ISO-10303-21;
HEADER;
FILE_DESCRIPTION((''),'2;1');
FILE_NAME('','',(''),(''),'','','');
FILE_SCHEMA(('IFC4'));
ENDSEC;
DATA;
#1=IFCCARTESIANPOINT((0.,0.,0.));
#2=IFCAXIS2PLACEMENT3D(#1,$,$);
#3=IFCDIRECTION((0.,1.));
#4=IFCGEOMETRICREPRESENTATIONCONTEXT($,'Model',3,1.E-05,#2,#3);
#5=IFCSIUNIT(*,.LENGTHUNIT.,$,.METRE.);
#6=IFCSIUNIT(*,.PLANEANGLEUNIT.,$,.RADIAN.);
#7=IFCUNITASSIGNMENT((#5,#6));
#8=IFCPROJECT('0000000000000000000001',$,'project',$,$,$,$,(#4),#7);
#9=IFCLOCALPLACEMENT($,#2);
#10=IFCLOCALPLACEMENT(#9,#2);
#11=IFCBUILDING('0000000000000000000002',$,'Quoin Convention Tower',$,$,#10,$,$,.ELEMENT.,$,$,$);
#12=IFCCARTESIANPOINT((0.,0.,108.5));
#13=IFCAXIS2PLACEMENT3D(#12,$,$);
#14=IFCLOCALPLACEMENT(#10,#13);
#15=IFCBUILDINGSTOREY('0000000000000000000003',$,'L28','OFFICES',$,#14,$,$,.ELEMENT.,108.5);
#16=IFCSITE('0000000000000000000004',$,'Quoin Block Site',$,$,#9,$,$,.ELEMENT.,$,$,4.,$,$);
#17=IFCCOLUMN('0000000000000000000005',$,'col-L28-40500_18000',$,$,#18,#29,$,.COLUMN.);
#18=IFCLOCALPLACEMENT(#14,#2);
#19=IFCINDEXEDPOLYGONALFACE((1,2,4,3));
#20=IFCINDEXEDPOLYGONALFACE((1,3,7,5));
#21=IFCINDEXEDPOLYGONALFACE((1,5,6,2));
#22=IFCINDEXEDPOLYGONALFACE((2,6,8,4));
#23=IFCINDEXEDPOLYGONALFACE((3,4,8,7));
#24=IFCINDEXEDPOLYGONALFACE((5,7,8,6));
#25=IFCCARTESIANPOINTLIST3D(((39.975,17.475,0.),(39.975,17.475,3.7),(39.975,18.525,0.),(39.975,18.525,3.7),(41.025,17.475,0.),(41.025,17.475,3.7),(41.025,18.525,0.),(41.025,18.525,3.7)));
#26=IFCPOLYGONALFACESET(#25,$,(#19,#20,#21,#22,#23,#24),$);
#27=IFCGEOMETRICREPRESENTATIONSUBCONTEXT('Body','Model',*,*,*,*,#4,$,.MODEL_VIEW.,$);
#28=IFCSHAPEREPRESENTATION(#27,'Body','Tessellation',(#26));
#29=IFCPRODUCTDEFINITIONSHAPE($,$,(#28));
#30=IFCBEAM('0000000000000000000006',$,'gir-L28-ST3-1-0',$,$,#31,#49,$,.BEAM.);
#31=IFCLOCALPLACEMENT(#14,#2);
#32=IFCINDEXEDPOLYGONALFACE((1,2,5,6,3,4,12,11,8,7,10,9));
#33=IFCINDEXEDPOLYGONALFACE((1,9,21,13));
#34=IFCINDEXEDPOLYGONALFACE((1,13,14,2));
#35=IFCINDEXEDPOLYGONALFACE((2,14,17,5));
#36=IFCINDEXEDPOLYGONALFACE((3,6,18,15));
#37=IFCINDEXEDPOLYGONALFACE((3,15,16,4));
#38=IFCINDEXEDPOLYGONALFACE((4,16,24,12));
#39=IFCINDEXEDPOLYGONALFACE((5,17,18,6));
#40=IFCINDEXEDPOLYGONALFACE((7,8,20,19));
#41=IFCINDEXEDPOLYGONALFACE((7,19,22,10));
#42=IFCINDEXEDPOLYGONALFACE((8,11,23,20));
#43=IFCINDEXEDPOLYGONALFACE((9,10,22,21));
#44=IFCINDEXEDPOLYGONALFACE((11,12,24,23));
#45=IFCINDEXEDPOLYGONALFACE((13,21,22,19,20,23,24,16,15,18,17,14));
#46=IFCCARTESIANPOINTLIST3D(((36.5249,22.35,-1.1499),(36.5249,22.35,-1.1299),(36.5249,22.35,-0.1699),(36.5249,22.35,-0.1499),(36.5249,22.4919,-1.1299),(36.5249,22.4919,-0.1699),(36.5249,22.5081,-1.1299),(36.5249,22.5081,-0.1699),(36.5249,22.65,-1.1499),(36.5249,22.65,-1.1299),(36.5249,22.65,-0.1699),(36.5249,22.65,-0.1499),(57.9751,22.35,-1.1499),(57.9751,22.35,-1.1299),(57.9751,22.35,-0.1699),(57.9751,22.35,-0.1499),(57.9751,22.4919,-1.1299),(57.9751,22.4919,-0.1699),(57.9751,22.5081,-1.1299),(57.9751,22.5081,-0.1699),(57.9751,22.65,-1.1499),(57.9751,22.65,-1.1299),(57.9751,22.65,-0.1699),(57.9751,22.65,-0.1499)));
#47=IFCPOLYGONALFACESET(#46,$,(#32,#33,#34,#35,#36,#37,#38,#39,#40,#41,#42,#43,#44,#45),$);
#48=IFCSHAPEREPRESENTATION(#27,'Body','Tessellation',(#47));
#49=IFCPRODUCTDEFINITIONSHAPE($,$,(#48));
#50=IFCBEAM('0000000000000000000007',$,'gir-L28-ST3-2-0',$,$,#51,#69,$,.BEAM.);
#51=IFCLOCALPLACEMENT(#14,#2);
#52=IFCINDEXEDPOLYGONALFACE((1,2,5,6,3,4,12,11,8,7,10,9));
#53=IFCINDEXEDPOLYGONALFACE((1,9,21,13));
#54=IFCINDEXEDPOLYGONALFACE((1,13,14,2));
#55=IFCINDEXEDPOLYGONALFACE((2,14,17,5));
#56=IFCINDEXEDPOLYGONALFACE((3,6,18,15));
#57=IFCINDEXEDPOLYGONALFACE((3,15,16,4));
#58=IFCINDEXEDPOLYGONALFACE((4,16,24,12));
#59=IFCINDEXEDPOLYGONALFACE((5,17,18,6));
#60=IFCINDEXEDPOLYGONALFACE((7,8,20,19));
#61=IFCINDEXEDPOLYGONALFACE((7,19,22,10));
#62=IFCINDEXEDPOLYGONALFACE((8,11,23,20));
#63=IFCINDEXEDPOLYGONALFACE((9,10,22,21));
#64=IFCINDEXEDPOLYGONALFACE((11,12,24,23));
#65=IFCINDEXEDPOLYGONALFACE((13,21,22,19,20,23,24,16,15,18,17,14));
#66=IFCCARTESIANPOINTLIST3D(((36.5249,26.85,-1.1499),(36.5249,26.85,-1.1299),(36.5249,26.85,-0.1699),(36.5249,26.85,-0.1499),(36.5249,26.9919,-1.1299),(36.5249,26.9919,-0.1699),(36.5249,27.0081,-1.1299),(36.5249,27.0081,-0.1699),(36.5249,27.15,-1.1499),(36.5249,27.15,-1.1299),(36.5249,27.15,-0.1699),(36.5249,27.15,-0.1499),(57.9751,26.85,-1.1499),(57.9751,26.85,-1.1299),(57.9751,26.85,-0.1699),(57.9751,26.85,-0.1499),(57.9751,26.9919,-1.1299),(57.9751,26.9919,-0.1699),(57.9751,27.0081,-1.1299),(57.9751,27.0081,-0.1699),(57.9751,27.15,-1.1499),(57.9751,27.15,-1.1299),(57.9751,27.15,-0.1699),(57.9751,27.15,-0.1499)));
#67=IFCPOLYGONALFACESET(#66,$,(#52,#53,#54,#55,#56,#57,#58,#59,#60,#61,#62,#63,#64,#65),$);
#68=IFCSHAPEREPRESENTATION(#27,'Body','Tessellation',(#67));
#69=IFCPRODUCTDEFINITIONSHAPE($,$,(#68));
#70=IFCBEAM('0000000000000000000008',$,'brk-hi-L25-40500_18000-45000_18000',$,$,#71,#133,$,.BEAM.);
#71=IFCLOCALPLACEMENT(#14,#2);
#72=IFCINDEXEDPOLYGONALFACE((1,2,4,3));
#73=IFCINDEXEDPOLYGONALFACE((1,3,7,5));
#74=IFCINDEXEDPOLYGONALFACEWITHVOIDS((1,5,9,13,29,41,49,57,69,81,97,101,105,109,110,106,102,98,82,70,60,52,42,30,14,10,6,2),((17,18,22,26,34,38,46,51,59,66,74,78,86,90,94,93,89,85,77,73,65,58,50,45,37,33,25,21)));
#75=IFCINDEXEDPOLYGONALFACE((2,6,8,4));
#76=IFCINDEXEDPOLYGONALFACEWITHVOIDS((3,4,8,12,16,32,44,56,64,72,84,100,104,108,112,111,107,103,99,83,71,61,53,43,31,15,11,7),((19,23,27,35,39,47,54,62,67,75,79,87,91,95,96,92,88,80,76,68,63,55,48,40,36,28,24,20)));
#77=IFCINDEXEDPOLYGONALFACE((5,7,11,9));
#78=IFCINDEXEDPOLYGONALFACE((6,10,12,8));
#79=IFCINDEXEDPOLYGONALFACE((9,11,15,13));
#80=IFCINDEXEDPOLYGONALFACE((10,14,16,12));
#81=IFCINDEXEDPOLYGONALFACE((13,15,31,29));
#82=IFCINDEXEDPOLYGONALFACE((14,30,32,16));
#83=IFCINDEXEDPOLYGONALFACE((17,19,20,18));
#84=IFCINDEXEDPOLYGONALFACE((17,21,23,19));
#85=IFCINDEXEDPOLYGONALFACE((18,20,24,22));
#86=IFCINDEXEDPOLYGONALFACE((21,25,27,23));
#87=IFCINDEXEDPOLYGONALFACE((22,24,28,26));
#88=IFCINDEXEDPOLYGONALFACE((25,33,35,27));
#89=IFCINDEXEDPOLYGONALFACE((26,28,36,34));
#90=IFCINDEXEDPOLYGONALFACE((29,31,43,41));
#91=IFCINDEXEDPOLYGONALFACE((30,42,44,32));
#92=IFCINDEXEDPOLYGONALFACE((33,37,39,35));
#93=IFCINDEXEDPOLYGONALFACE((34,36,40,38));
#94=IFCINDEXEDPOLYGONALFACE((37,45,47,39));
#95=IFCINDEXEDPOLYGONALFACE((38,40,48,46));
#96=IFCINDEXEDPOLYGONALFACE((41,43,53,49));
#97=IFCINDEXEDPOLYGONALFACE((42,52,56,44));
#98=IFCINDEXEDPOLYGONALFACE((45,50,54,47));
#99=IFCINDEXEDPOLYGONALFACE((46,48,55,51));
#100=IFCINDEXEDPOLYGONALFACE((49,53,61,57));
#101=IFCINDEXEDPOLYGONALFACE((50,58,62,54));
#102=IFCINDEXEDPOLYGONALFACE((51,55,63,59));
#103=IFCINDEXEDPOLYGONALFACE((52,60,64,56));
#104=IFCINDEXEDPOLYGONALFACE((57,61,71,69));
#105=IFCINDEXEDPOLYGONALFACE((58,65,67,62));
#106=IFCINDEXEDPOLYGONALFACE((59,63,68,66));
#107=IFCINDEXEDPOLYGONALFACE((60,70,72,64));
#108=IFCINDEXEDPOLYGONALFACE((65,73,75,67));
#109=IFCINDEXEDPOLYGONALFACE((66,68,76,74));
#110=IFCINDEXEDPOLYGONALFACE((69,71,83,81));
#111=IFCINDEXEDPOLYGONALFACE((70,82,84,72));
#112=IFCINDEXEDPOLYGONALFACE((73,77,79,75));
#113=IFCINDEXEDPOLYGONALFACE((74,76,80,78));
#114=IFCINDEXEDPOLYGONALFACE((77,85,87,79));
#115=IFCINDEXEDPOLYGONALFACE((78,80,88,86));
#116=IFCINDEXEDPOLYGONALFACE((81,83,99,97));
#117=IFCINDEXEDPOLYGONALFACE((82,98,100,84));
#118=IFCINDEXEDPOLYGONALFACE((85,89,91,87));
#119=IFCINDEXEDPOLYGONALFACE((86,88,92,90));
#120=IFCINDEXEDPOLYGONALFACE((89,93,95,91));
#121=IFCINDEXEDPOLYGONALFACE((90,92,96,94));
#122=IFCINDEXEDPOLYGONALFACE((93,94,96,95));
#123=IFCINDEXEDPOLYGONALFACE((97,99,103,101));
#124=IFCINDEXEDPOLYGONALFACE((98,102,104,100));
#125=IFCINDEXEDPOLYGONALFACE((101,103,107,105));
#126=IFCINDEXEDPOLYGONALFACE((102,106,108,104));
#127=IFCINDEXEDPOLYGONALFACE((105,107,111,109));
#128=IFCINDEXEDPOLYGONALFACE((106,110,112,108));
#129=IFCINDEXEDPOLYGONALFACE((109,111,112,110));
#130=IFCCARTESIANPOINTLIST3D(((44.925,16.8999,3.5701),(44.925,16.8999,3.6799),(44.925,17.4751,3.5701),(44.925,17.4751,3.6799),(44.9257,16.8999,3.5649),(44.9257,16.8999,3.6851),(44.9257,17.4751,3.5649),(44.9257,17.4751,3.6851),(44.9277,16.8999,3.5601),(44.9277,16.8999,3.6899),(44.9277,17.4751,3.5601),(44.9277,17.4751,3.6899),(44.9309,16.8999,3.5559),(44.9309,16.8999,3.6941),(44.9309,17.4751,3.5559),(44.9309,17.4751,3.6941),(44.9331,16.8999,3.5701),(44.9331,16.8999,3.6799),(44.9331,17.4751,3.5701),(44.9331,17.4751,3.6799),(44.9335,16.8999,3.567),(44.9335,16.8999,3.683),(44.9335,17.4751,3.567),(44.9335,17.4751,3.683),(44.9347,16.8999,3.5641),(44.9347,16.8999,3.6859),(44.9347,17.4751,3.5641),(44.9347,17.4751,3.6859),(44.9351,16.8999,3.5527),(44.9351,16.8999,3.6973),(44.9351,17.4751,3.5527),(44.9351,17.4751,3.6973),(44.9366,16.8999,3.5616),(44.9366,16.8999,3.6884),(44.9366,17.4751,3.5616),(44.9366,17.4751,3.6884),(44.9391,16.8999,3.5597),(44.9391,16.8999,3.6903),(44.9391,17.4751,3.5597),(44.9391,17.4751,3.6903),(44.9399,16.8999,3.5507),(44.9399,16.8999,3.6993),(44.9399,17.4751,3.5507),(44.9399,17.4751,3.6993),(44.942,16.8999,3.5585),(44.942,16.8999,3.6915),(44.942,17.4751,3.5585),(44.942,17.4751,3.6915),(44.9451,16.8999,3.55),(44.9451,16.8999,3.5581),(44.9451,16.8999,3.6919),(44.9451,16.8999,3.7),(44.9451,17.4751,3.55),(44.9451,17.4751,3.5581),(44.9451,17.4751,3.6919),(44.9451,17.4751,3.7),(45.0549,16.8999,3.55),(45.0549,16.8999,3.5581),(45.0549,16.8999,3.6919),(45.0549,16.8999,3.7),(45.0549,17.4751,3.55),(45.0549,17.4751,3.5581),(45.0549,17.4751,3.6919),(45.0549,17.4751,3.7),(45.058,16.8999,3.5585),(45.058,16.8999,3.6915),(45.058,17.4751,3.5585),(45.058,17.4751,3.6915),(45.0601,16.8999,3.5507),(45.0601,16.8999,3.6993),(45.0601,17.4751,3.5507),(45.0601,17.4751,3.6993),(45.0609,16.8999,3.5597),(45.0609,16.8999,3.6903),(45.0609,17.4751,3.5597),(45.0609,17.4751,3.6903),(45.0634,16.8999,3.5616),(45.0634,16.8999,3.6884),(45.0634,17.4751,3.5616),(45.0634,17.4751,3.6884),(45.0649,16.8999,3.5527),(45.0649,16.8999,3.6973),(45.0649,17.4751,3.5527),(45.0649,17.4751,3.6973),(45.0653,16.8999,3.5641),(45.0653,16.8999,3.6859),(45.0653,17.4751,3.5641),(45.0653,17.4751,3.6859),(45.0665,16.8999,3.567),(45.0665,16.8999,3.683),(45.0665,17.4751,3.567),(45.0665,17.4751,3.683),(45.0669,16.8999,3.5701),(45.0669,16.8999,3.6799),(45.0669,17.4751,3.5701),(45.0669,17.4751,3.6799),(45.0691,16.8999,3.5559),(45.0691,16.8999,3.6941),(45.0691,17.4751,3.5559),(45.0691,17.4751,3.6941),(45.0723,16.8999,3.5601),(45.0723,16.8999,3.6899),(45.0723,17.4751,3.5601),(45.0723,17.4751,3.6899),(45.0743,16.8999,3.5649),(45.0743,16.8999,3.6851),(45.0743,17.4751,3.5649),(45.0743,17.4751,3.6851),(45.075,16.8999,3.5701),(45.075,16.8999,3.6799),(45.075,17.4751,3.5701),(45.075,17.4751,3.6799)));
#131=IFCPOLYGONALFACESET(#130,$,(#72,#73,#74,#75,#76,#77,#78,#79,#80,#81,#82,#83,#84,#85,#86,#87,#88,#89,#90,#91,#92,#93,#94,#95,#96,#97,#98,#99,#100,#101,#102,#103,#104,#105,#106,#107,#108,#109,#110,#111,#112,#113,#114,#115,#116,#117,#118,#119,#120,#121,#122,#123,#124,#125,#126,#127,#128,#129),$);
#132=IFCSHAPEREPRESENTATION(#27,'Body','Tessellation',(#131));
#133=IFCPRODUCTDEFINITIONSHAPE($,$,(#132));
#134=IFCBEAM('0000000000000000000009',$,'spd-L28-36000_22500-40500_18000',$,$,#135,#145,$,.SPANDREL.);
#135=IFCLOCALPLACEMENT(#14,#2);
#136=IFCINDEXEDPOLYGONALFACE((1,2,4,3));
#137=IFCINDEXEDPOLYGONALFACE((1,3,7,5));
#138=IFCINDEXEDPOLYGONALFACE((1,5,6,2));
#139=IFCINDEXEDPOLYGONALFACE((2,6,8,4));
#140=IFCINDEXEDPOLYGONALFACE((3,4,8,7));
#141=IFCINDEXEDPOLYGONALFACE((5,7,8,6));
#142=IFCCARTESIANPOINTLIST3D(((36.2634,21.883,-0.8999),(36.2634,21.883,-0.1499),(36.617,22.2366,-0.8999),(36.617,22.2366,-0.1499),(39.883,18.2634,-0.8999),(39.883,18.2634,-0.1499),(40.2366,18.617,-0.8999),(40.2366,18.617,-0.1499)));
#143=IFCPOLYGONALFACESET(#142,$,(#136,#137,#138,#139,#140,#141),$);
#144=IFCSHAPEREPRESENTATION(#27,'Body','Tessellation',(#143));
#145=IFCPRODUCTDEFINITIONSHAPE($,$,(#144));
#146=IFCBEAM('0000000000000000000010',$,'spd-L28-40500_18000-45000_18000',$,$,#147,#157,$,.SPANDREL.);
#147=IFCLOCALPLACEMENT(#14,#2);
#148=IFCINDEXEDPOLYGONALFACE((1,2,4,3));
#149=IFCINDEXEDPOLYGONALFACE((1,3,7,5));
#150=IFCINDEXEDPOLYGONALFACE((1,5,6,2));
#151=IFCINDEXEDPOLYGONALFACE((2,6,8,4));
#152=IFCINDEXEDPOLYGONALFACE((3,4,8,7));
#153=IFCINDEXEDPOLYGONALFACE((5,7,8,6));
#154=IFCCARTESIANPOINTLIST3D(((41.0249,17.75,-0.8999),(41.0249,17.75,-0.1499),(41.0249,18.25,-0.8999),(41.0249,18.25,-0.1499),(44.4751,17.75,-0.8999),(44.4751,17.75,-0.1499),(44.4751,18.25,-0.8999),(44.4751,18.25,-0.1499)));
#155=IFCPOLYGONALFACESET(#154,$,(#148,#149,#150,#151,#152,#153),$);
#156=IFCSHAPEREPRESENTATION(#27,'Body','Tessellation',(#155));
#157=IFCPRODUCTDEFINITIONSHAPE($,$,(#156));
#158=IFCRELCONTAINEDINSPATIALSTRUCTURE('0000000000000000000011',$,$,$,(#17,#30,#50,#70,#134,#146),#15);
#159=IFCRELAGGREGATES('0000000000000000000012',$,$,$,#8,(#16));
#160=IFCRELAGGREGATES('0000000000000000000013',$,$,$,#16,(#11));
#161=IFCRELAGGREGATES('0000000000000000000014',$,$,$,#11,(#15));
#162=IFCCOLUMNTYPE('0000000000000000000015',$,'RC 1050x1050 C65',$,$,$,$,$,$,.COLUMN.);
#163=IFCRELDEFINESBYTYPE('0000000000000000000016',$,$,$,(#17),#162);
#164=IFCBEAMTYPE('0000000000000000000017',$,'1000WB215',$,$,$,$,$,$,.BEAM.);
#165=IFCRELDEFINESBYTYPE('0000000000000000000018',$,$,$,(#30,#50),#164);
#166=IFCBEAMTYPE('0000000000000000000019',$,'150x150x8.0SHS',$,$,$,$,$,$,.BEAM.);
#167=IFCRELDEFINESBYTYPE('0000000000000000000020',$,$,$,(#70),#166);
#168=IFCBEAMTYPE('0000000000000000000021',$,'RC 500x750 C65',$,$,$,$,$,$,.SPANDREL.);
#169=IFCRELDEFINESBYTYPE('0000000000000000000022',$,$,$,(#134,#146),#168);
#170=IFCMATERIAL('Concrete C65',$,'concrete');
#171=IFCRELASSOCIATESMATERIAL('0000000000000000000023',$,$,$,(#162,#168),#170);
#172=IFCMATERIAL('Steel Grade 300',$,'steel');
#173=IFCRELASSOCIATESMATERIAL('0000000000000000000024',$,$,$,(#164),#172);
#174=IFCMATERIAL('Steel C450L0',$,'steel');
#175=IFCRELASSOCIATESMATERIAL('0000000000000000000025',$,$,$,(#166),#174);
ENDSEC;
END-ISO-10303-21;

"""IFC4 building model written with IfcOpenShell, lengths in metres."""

from ifc_helpers import new_model, si_unit, direction, frame, origin, origin_2d, place, context, subcontext, project, spatial, rectangle, hollow_rectangle, i_section, extrude, material, material_profile, profile_set, type_object, element, save


model = new_model("IFC4")

# Units and contexts
model_context = context("Model", 3, precision=1e-05, world=origin(), true_north=direction((0.0, 1.0)))
body_context = subcontext(model_context, "Body", "Model", "MODEL_VIEW")
ifc_project = project(units=[si_unit("LENGTHUNIT", "METRE"), si_unit("PLANEANGLEUNIT", "RADIAN")], contexts=[model_context])

# Site, building, storey
site_placement = place(None, origin())
site = spatial("IfcSite", under=ifc_project, at=site_placement, Name="Quoin Block Site", CompositionType="ELEMENT", RefElevation=4.0)
building_placement = place(site_placement, origin())
building = spatial("IfcBuilding", under=site, at=building_placement, Name="Quoin Convention Tower", CompositionType="ELEMENT")
storey_placement = place(building_placement, frame((0.0, 0.0, 108.5)))
storey = spatial("IfcBuildingStorey", under=building, at=storey_placement, Name="L28", Description="OFFICES", CompositionType="ELEMENT", Elevation=108.5)

# Column
ifc_material_1 = material(Name="Concrete C65", Category="concrete")
ifc_material_profile_1 = material_profile(ifc_material_1, rectangle(XDim=1.05, YDim=1.05, at=origin_2d()), Name="RC 1050x1050")
ifc_profile_set_1 = profile_set([ifc_material_profile_1], Name="Concrete C65")
column_type = type_object("IfcColumnType", Name="RC 1050x1050 C65", PredefinedType="COLUMN", material=ifc_profile_set_1)
column_placement = place(storey_placement, frame((40.5, 18.0, 0.0), z_axis=(0.0, 0.0, 1.0), x_axis=(1.0, 0.0, 0.0)))
element("IfcColumn", 1, at=column_placement, inside=storey, type_object=column_type, Name="col-L28-40500_18000", PredefinedType="COLUMN", context=body_context, shape_type="SweptSolid", body=[
    extrude(rectangle(XDim=1.05, YDim=1.05, at=origin_2d()), origin(), (0.0, 0.0, 1.0), 3.7),
])

# Beams
ifc_material_2 = material(Name="Steel Grade 300", Category="steel")
ifc_material_profile_2 = material_profile(ifc_material_2, i_section(OverallWidth=0.3, OverallDepth=1.0, WebThickness=0.0161, FlangeThickness=0.02, at=origin_2d()), Name="1000WB215")
ifc_profile_set_2 = profile_set([ifc_material_profile_2], Name="Steel Grade 300")
beam_type_1 = type_object("IfcBeamType", Name="1000WB215", PredefinedType="BEAM", material=ifc_profile_set_2)
for number, where, z_axis, x_axis, name in (
    (2, (36.5249, 22.5, -0.6499), (1.0, 0.0, 0.0), (0.0, 1.0, 0.0), "gir-L28-ST3-1-0"),
    (3, (36.5249, 27.0, -0.6499), (1.0, 0.0, 0.0), (0.0, 1.0, 0.0), "gir-L28-ST3-2-0"),
):
    element("IfcBeam", number, at=place(storey_placement, frame(where, z_axis=z_axis, x_axis=x_axis)), inside=storey, type_object=beam_type_1, Name=name, PredefinedType="BEAM", context=body_context, shape_type="SweptSolid", body=[
        extrude(i_section(OverallWidth=0.3, OverallDepth=1.0, WebThickness=0.0161, FlangeThickness=0.02, at=origin_2d()), origin(), (0.0, 0.0, 1.0), 21.4502),
    ])
ifc_material_3 = material(Name="Steel C450L0", Category="steel")
ifc_material_profile_3 = material_profile(ifc_material_3, hollow_rectangle(XDim=0.1499, YDim=0.1499, WallThickness=0.0081, InnerFilletRadius=0.012, OuterFilletRadius=0.02, at=origin_2d()), Name="150x150x8.0SHS")
ifc_profile_set_3 = profile_set([ifc_material_profile_3], Name="Steel C450L0")
beam_type_2 = type_object("IfcBeamType", Name="150x150x8.0SHS", PredefinedType="BEAM", material=ifc_profile_set_3)
beam_1_placement = place(storey_placement, frame((45.0, 17.4751, 3.625), z_axis=(0.0, -1.0, 0.0), x_axis=(1.0, 0.0, 0.0)))
element("IfcBeam", 4, at=beam_1_placement, inside=storey, type_object=beam_type_2, Name="brk-hi-L25-40500_18000-45000_18000", PredefinedType="BEAM", context=body_context, shape_type="SweptSolid", body=[
    extrude(hollow_rectangle(XDim=0.1499, YDim=0.1499, WallThickness=0.0081, InnerFilletRadius=0.012, OuterFilletRadius=0.02, at=origin_2d()), origin(), (0.0, 0.0, 1.0), 0.5752),
])
ifc_material_profile_4 = material_profile(ifc_material_1, rectangle(XDim=0.5, YDim=0.75, at=origin_2d()), Name="RC 500x750")
ifc_profile_set_4 = profile_set([ifc_material_profile_4], Name="Concrete C65")
beam_type_3 = type_object("IfcBeamType", Name="RC 500x750 C65", PredefinedType="SPANDREL", material=ifc_profile_set_4)
beam_2_placement = place(storey_placement, frame((36.4402, 22.0598, -0.5249), z_axis=(0.707107, -0.707107, 0.0), x_axis=(0.707107, 0.707107, 0.0)))
element("IfcBeam", 5, at=beam_2_placement, inside=storey, type_object=beam_type_3, Name="spd-L28-36000_22500-40500_18000", PredefinedType="SPANDREL", context=body_context, shape_type="SweptSolid", body=[
    extrude(rectangle(XDim=0.5, YDim=0.75, at=origin_2d()), origin(), (0.0, 0.0, 1.0), 5.1189),
])
beam_3_placement = place(storey_placement, frame((41.0249, 18.0, -0.5249), z_axis=(1.0, 0.0, 0.0), x_axis=(0.0, 1.0, 0.0)))
element("IfcBeam", 6, at=beam_3_placement, inside=storey, type_object=beam_type_3, Name="spd-L28-40500_18000-45000_18000", PredefinedType="SPANDREL", context=body_context, shape_type="SweptSolid", body=[
    extrude(rectangle(XDim=0.5, YDim=0.75, at=origin_2d()), origin(), (0.0, 0.0, 1.0), 3.4502),
])

save(model, "model.ifc")
